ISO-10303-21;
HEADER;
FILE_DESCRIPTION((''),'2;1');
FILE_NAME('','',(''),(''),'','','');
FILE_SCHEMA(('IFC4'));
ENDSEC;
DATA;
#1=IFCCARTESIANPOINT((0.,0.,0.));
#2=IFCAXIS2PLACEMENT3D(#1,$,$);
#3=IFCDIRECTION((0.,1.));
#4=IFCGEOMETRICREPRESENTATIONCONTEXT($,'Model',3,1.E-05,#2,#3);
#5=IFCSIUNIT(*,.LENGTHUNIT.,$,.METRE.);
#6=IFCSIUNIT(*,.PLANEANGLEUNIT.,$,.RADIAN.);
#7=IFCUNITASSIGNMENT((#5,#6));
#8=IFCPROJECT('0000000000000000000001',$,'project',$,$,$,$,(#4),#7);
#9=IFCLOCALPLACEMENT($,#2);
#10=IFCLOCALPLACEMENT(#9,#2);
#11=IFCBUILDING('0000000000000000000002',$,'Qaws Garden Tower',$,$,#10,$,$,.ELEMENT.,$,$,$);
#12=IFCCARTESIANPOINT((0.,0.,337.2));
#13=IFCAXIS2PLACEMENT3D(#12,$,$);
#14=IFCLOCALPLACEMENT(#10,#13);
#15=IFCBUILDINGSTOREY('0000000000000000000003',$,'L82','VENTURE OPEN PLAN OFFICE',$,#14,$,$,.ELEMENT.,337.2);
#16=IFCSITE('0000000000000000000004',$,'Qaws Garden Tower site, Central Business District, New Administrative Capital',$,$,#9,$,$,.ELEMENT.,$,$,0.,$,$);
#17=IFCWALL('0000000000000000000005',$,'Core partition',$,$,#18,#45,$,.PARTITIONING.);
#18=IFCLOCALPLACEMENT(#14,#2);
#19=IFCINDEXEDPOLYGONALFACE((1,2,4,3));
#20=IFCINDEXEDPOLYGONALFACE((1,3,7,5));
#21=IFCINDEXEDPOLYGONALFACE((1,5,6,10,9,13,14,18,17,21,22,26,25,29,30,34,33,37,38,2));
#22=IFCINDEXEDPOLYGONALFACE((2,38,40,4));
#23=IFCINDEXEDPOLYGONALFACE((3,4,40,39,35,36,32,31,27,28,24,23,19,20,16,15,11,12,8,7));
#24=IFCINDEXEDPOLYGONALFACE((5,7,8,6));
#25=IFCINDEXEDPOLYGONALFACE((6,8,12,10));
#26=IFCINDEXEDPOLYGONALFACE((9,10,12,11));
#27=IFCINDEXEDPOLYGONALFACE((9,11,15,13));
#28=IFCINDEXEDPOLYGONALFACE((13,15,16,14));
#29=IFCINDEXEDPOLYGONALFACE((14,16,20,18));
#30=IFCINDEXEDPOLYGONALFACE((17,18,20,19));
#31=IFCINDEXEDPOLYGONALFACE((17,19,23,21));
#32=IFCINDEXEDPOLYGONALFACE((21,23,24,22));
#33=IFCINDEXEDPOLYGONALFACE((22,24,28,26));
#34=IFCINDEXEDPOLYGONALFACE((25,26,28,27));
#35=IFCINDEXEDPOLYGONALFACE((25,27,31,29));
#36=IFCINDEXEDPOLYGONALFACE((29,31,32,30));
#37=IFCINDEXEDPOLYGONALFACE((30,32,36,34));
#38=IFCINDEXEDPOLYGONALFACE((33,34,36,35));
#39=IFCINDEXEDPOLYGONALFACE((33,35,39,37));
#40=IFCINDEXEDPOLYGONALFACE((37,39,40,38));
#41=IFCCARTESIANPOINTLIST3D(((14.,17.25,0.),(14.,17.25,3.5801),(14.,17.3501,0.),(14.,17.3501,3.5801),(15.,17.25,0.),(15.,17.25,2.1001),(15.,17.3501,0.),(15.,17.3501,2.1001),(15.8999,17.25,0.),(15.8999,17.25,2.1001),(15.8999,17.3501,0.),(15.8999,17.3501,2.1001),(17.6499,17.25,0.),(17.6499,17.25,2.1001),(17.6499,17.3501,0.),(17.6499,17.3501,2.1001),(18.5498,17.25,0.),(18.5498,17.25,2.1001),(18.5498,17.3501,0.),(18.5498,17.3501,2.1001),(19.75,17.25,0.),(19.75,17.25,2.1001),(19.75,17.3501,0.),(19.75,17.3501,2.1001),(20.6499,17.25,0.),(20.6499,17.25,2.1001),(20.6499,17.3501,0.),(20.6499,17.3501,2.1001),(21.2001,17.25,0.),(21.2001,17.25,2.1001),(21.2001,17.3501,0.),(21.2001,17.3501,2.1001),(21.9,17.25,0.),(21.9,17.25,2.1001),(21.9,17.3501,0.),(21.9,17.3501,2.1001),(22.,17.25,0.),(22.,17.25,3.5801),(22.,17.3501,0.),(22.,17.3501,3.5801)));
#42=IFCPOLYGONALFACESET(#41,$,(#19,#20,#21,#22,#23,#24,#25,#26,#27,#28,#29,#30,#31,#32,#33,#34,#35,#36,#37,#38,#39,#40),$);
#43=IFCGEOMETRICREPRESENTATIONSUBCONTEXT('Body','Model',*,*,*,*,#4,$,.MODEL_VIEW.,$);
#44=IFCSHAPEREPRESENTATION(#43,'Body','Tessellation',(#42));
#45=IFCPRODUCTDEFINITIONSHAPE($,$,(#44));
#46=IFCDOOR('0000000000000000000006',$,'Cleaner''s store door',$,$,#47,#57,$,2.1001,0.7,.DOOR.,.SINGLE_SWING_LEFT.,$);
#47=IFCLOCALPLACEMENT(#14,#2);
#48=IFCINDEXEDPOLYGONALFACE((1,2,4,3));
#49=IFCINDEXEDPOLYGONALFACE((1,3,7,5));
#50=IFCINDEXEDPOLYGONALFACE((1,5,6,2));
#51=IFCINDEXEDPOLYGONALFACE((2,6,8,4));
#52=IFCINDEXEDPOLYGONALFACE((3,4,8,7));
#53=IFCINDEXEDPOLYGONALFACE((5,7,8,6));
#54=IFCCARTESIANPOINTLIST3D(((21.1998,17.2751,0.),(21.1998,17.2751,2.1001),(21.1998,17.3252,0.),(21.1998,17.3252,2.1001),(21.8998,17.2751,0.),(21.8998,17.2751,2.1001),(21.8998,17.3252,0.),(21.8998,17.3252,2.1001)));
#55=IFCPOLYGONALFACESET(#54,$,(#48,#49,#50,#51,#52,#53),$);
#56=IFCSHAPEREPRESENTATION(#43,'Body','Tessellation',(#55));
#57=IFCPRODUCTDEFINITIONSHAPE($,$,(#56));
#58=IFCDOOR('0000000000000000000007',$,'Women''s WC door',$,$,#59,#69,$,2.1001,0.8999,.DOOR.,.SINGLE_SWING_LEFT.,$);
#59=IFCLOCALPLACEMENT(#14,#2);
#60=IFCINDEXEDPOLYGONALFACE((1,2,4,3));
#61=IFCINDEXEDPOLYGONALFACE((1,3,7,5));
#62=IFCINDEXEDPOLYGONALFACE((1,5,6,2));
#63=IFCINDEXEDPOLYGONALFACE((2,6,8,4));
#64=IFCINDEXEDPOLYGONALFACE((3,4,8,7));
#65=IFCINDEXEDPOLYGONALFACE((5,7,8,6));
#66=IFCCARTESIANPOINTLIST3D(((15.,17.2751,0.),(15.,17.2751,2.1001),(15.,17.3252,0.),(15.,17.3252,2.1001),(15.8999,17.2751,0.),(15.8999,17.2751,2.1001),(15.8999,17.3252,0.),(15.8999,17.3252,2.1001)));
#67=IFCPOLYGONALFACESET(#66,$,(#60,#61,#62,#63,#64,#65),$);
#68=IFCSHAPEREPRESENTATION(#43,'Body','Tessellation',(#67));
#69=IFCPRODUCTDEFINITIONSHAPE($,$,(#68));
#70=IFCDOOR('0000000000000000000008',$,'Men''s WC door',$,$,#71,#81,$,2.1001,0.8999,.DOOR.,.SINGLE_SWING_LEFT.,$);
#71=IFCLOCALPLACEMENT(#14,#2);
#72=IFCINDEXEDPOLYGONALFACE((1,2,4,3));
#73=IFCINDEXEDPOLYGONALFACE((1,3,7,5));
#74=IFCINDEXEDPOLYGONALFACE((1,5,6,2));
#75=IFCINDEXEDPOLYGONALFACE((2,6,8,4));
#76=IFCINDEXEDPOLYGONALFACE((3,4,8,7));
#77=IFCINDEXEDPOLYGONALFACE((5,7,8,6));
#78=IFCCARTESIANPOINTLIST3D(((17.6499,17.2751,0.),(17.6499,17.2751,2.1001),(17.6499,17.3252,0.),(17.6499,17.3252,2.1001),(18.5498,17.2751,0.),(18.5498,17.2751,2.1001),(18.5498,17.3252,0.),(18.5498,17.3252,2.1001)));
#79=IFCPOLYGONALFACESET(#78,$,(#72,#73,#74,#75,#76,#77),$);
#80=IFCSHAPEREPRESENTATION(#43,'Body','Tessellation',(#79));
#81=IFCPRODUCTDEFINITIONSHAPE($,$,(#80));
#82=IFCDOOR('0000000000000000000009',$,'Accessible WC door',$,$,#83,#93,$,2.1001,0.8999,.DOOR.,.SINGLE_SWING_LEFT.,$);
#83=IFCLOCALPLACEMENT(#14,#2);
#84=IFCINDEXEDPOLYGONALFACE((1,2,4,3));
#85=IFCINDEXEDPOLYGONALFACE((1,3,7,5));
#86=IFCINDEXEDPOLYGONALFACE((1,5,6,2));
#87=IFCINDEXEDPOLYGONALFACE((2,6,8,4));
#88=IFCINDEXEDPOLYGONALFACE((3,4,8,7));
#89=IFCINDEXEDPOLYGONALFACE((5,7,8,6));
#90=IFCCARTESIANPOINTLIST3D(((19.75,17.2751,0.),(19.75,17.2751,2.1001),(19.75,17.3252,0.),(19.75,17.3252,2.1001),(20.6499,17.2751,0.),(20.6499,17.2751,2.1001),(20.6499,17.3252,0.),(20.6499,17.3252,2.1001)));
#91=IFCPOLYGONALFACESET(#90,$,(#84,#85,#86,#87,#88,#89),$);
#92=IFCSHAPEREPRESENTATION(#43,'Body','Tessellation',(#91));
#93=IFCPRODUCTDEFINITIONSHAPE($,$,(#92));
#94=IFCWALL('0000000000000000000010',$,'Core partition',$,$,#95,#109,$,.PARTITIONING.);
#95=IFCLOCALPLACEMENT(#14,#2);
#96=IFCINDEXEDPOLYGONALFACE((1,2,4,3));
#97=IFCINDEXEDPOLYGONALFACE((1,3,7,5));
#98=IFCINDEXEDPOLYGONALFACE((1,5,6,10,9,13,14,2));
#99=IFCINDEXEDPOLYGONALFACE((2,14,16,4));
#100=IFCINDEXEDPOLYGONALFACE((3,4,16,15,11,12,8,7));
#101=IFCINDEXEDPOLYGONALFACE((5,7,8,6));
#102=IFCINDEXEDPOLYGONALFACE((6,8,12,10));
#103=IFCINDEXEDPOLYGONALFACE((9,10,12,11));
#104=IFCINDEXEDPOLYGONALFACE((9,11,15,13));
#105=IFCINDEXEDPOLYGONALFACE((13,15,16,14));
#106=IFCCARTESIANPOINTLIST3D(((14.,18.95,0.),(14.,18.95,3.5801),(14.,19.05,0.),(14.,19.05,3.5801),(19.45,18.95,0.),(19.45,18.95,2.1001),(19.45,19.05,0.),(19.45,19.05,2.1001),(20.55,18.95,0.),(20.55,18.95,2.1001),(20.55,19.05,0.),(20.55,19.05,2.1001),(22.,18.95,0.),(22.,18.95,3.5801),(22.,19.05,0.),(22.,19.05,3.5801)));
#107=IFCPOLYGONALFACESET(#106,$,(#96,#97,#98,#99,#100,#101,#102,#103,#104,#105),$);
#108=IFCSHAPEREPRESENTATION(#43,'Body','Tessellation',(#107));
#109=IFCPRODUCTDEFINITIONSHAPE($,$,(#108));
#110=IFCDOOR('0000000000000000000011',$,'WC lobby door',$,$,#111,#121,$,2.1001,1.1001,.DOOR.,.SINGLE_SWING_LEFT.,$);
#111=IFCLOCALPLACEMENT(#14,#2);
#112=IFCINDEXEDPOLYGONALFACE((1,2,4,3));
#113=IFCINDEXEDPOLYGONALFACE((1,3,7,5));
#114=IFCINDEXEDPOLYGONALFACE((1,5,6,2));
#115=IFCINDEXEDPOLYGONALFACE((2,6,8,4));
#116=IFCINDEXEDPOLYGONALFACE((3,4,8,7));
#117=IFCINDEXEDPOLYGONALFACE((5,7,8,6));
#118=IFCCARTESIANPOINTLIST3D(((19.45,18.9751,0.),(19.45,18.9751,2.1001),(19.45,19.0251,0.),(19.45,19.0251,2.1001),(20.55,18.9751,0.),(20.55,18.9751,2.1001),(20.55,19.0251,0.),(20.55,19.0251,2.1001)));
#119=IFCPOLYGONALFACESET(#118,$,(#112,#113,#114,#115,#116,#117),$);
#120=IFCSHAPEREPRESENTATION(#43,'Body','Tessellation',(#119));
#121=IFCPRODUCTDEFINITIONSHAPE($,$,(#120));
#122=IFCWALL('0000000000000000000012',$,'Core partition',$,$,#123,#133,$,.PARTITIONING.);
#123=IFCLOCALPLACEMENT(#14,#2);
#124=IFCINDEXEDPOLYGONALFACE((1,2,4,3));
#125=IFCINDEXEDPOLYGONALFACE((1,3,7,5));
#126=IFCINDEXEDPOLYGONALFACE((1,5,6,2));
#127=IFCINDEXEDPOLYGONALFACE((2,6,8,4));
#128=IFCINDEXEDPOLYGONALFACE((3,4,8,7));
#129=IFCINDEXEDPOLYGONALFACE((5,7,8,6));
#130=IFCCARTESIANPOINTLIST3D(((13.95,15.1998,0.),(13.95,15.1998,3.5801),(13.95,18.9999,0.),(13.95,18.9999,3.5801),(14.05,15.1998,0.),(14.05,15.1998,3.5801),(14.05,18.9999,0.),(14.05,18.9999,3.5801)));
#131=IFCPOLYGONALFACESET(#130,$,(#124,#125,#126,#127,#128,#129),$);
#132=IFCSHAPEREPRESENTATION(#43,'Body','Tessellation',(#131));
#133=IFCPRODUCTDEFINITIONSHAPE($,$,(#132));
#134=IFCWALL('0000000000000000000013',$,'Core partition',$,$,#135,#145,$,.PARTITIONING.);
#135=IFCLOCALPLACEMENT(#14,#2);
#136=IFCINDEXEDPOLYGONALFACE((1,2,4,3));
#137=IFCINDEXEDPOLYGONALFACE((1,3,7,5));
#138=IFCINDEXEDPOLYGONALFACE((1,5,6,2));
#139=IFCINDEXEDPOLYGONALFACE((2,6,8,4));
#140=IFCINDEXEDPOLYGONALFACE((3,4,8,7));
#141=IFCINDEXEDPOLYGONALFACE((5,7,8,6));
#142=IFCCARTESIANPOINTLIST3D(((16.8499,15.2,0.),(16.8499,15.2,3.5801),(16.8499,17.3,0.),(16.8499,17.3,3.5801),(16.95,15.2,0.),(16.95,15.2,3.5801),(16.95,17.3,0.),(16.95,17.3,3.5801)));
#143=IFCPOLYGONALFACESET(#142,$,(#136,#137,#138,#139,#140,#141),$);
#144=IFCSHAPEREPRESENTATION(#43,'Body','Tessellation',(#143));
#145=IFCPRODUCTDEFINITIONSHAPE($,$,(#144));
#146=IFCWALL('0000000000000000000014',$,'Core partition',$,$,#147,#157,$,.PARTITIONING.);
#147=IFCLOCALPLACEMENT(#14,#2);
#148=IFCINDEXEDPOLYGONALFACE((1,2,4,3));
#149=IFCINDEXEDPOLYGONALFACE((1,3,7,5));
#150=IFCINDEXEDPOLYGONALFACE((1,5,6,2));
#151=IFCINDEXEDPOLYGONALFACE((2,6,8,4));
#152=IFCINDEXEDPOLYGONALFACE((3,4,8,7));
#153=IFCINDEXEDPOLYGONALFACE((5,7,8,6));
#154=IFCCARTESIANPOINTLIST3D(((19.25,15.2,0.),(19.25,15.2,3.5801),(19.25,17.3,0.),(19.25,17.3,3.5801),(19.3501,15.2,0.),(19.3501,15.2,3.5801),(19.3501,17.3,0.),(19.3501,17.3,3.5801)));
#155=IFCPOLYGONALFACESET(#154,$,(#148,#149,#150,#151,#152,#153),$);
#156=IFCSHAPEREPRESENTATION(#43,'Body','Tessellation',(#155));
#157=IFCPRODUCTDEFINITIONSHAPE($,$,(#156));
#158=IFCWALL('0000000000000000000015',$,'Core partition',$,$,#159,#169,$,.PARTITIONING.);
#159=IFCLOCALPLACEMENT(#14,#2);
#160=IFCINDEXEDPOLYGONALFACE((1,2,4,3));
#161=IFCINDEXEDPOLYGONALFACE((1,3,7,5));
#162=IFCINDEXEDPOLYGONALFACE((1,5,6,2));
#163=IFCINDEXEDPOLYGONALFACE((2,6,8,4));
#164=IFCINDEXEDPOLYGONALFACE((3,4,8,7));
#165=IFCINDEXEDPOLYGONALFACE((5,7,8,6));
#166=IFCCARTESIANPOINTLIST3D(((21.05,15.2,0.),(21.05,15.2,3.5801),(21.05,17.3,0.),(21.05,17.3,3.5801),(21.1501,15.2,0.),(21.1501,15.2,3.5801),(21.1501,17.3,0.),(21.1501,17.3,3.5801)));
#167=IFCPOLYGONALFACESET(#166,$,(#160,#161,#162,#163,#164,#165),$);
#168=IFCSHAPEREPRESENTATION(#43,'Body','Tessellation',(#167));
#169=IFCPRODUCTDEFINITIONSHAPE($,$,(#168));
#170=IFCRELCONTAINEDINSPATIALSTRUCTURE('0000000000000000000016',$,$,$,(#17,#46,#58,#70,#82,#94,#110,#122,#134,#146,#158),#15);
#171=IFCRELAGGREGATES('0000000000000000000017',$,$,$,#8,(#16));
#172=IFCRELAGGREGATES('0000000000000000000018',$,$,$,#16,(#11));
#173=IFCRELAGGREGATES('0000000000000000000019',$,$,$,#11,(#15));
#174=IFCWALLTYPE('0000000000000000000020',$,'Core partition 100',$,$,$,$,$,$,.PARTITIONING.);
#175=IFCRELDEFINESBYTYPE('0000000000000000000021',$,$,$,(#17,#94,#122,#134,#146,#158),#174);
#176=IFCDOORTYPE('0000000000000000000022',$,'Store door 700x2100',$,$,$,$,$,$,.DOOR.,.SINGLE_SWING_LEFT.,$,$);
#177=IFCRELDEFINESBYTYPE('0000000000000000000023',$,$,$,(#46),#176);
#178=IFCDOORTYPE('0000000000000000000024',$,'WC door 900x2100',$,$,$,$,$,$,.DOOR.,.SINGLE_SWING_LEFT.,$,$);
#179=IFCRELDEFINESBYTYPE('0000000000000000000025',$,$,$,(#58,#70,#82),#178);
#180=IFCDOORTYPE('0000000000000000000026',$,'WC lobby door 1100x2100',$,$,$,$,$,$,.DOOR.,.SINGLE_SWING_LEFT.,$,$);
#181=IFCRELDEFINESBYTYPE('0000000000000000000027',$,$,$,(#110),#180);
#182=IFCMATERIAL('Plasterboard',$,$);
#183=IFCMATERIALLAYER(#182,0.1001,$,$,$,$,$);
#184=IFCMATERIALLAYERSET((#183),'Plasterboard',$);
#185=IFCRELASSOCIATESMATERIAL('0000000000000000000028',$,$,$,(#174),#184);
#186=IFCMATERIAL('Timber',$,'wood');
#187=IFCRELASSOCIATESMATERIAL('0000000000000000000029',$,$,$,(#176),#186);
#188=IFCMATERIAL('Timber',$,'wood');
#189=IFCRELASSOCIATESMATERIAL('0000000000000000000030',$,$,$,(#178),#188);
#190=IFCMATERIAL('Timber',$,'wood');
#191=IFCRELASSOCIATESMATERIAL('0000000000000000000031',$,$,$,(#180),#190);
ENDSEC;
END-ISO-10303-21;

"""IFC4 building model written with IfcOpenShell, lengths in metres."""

from ifc_helpers import new_model, si_unit, direction, frame, frame_2d, origin, place, context, subcontext, project, spatial, rectangle, extrude, material, layer, layer_set, type_object, element, fill, save


model = new_model("IFC4")

# Units and contexts
model_context = context("Model", 3, precision=1e-05, world=origin(), true_north=direction((0.0, 1.0)))
body_context = subcontext(model_context, "Body", "Model", "MODEL_VIEW")
ifc_project = project(units=[si_unit("LENGTHUNIT", "METRE"), si_unit("PLANEANGLEUNIT", "RADIAN")], contexts=[model_context])

# Site, building, storey
site_placement = place(None, origin())
site = spatial("IfcSite", under=ifc_project, at=site_placement, Name="Qaws Garden Tower site, Central Business District, New Administrative Capital", CompositionType="ELEMENT", RefElevation=0.0)
building_placement = place(site_placement, origin())
building = spatial("IfcBuilding", under=site, at=building_placement, Name="Qaws Garden Tower", CompositionType="ELEMENT")
storey_placement = place(building_placement, frame((0.0, 0.0, 337.2)))
storey = spatial("IfcBuildingStorey", under=building, at=storey_placement, Name="L82", Description="VENTURE OPEN PLAN OFFICE", CompositionType="ELEMENT", Elevation=337.2)

# Wall, openings, doors
ifc_material_1 = material(Name="Plasterboard")
ifc_layer_1 = layer(ifc_material_1, 0.1001)
ifc_layer_set_1 = layer_set([ifc_layer_1], Name="Plasterboard")
wall_type_1 = type_object("IfcWallType", Name="Core partition 100", PredefinedType="PARTITIONING", material=ifc_layer_set_1)
wall_1_placement = place(storey_placement, frame((14.0, 17.3, 0.0), z_axis=(0.0, 0.0, 1.0), x_axis=(1.0, 0.0, 0.0)))
wall_1 = element("IfcWall", 1, at=wall_1_placement, inside=storey, type_object=wall_type_1, Name="Core partition", PredefinedType="PARTITIONING", context=body_context, shape_type="SweptSolid", body=[
    extrude(rectangle(XDim=8.0, YDim=0.1001, at=frame_2d((4.0, 0.0))), origin(), (0.0, 0.0, 1.0), 3.5801),
])
opening_1_placement = place(wall_1_placement, frame((1.0, 0.0, 0.0)))
opening_1 = element("IfcOpeningElement", 2, at=opening_1_placement, cuts=wall_1, PredefinedType="OPENING", context=body_context, shape_type="SweptSolid", body=[
    extrude(rectangle(XDim=0.8999, YDim=2.1001, at=frame_2d((0.45, 1.05))), frame((0.0, 0.0601, 0.0), z_axis=(0.0, -1.0, 0.0), x_axis=(1.0, 0.0, 0.0)), (0.0, 0.0, 1.0), 0.1201),
])
opening_2_placement = place(wall_1_placement, frame((3.6499, 0.0, 0.0)))
opening_2 = element("IfcOpeningElement", 3, at=opening_2_placement, cuts=wall_1, PredefinedType="OPENING", context=body_context, shape_type="SweptSolid", body=[
    extrude(rectangle(XDim=0.8999, YDim=2.1001, at=frame_2d((0.45, 1.05))), frame((0.0, 0.0601, 0.0), z_axis=(0.0, -1.0, 0.0), x_axis=(1.0, 0.0, 0.0)), (0.0, 0.0, 1.0), 0.1201),
])
opening_3_placement = place(wall_1_placement, frame((5.75, 0.0, 0.0)))
opening_3 = element("IfcOpeningElement", 4, at=opening_3_placement, cuts=wall_1, PredefinedType="OPENING", context=body_context, shape_type="SweptSolid", body=[
    extrude(rectangle(XDim=0.8999, YDim=2.1001, at=frame_2d((0.45, 1.05))), frame((0.0, 0.0601, 0.0), z_axis=(0.0, -1.0, 0.0), x_axis=(1.0, 0.0, 0.0)), (0.0, 0.0, 1.0), 0.1201),
])
opening_4_placement = place(wall_1_placement, frame((7.2, 0.0, 0.0)))
opening_4 = element("IfcOpeningElement", 5, at=opening_4_placement, cuts=wall_1, PredefinedType="OPENING", context=body_context, shape_type="SweptSolid", body=[
    extrude(rectangle(XDim=0.7, YDim=2.1001, at=frame_2d((0.3501, 1.05))), frame((0.0, 0.0601, 0.0), z_axis=(0.0, -1.0, 0.0), x_axis=(1.0, 0.0, 0.0)), (0.0, 0.0, 1.0), 0.1201),
])
ifc_material_2 = material(Name="Timber", Category="wood")
door_type_1 = type_object("IfcDoorType", Name="Store door 700x2100", OperationType="SINGLE_SWING_LEFT", PredefinedType="DOOR", material=ifc_material_2)
door_1_placement = place(opening_4_placement, frame((0.7, 0.0, 0.0), z_axis=(0.0, 0.0, 1.0), x_axis=(-1.0, 0.0, 0.0)))
door_1 = element("IfcDoor", 6, at=door_1_placement, inside=storey, type_object=door_type_1, Name="Cleaner's store door", OperationType="SINGLE_SWING_LEFT", OverallHeight=2.1001, OverallWidth=0.7, PredefinedType="DOOR", context=body_context, shape_type="SweptSolid", body=[
    extrude(rectangle(XDim=0.7, YDim=2.1001, at=frame_2d((0.3501, 1.05))), frame((0.0, 0.0249, 0.0), z_axis=(0.0, -1.0, 0.0), x_axis=(1.0, 0.0, 0.0)), (0.0, 0.0, 1.0), 0.05),
])
fill(opening_4, door_1)
ifc_material_3 = material(Name="Timber", Category="wood")
door_type_2 = type_object("IfcDoorType", Name="WC door 900x2100", OperationType="SINGLE_SWING_LEFT", PredefinedType="DOOR", material=ifc_material_3)
door_2_placement = place(opening_1_placement, frame((0.8999, 0.0, 0.0), z_axis=(0.0, 0.0, 1.0), x_axis=(-1.0, 0.0, 0.0)))
door_2 = element("IfcDoor", 7, at=door_2_placement, inside=storey, type_object=door_type_2, Name="Women's WC door", OperationType="SINGLE_SWING_LEFT", OverallHeight=2.1001, OverallWidth=0.8999, PredefinedType="DOOR", context=body_context, shape_type="SweptSolid", body=[
    extrude(rectangle(XDim=0.8999, YDim=2.1001, at=frame_2d((0.45, 1.05))), frame((0.0, 0.0249, 0.0), z_axis=(0.0, -1.0, 0.0), x_axis=(1.0, 0.0, 0.0)), (0.0, 0.0, 1.0), 0.05),
])
fill(opening_1, door_2)
door_3_placement = place(opening_2_placement, frame((0.8999, 0.0, 0.0), z_axis=(0.0, 0.0, 1.0), x_axis=(-1.0, 0.0, 0.0)))
door_3 = element("IfcDoor", 8, at=door_3_placement, inside=storey, type_object=door_type_2, Name="Men's WC door", OperationType="SINGLE_SWING_LEFT", OverallHeight=2.1001, OverallWidth=0.8999, PredefinedType="DOOR", context=body_context, shape_type="SweptSolid", body=[
    extrude(rectangle(XDim=0.8999, YDim=2.1001, at=frame_2d((0.45, 1.05))), frame((0.0, 0.0249, 0.0), z_axis=(0.0, -1.0, 0.0), x_axis=(1.0, 0.0, 0.0)), (0.0, 0.0, 1.0), 0.05),
])
fill(opening_2, door_3)
door_4_placement = place(opening_3_placement, frame((0.8999, 0.0, 0.0), z_axis=(0.0, 0.0, 1.0), x_axis=(-1.0, 0.0, 0.0)))
door_4 = element("IfcDoor", 9, at=door_4_placement, inside=storey, type_object=door_type_2, Name="Accessible WC door", OperationType="SINGLE_SWING_LEFT", OverallHeight=2.1001, OverallWidth=0.8999, PredefinedType="DOOR", context=body_context, shape_type="SweptSolid", body=[
    extrude(rectangle(XDim=0.8999, YDim=2.1001, at=frame_2d((0.45, 1.05))), frame((0.0, 0.0249, 0.0), z_axis=(0.0, -1.0, 0.0), x_axis=(1.0, 0.0, 0.0)), (0.0, 0.0, 1.0), 0.05),
])
fill(opening_3, door_4)

# Wall, opening, door
wall_2_placement = place(storey_placement, frame((14.0, 19.0, 0.0), z_axis=(0.0, 0.0, 1.0), x_axis=(1.0, 0.0, 0.0)))
wall_2 = element("IfcWall", 10, at=wall_2_placement, inside=storey, type_object=wall_type_1, Name="Core partition", PredefinedType="PARTITIONING", context=body_context, shape_type="SweptSolid", body=[
    extrude(rectangle(XDim=8.0, YDim=0.1001, at=frame_2d((4.0, 0.0))), origin(), (0.0, 0.0, 1.0), 3.5801),
])
opening_5_placement = place(wall_2_placement, frame((5.45, 0.0, 0.0)))
opening_5 = element("IfcOpeningElement", 11, at=opening_5_placement, cuts=wall_2, PredefinedType="OPENING", context=body_context, shape_type="SweptSolid", body=[
    extrude(rectangle(XDim=1.1001, YDim=2.1001, at=frame_2d((0.55, 1.05))), frame((0.0, 0.0601, 0.0), z_axis=(0.0, -1.0, 0.0), x_axis=(1.0, 0.0, 0.0)), (0.0, 0.0, 1.0), 0.1201),
])
ifc_material_4 = material(Name="Timber", Category="wood")
door_type_3 = type_object("IfcDoorType", Name="WC lobby door 1100x2100", OperationType="SINGLE_SWING_LEFT", PredefinedType="DOOR", material=ifc_material_4)
door_5_placement = place(opening_5_placement, frame((1.1001, 0.0, 0.0), z_axis=(0.0, 0.0, 1.0), x_axis=(-1.0, 0.0, 0.0)))
door_5 = element("IfcDoor", 12, at=door_5_placement, inside=storey, type_object=door_type_3, Name="WC lobby door", OperationType="SINGLE_SWING_LEFT", OverallHeight=2.1001, OverallWidth=1.1001, PredefinedType="DOOR", context=body_context, shape_type="SweptSolid", body=[
    extrude(rectangle(XDim=1.1001, YDim=2.1001, at=frame_2d((0.55, 1.05))), frame((0.0, 0.0249, 0.0), z_axis=(0.0, -1.0, 0.0), x_axis=(1.0, 0.0, 0.0)), (0.0, 0.0, 1.0), 0.05),
])
fill(opening_5, door_5)

# Walls
wall_3_placement = place(storey_placement, frame((14.0, 15.2, 0.0), z_axis=(0.0, 0.0, 1.0), x_axis=(0.0, 1.0, 0.0)))
element("IfcWall", 13, at=wall_3_placement, inside=storey, type_object=wall_type_1, Name="Core partition", PredefinedType="PARTITIONING", context=body_context, shape_type="SweptSolid", body=[
    extrude(rectangle(XDim=3.8, YDim=0.1001, at=frame_2d((1.8999, 0.0))), origin(), (0.0, 0.0, 1.0), 3.5801),
])
for number, where, z_axis, x_axis, name in (
    (14, (16.8999, 15.2, 0.0), (0.0, 0.0, 1.0), (0.0, 1.0, 0.0), "Core partition"),
    (15, (19.3, 15.2, 0.0), (0.0, 0.0, 1.0), (0.0, 1.0, 0.0), "Core partition"),
    (16, (21.1001, 15.2, 0.0), (0.0, 0.0, 1.0), (0.0, 1.0, 0.0), "Core partition"),
):
    element("IfcWall", number, at=place(storey_placement, frame(where, z_axis=z_axis, x_axis=x_axis)), inside=storey, type_object=wall_type_1, Name=name, PredefinedType="PARTITIONING", context=body_context, shape_type="SweptSolid", body=[
        extrude(rectangle(XDim=2.1001, YDim=0.1001, at=frame_2d((1.05, 0.0))), origin(), (0.0, 0.0, 1.0), 3.5801),
    ])

save(model, "model.ifc")
